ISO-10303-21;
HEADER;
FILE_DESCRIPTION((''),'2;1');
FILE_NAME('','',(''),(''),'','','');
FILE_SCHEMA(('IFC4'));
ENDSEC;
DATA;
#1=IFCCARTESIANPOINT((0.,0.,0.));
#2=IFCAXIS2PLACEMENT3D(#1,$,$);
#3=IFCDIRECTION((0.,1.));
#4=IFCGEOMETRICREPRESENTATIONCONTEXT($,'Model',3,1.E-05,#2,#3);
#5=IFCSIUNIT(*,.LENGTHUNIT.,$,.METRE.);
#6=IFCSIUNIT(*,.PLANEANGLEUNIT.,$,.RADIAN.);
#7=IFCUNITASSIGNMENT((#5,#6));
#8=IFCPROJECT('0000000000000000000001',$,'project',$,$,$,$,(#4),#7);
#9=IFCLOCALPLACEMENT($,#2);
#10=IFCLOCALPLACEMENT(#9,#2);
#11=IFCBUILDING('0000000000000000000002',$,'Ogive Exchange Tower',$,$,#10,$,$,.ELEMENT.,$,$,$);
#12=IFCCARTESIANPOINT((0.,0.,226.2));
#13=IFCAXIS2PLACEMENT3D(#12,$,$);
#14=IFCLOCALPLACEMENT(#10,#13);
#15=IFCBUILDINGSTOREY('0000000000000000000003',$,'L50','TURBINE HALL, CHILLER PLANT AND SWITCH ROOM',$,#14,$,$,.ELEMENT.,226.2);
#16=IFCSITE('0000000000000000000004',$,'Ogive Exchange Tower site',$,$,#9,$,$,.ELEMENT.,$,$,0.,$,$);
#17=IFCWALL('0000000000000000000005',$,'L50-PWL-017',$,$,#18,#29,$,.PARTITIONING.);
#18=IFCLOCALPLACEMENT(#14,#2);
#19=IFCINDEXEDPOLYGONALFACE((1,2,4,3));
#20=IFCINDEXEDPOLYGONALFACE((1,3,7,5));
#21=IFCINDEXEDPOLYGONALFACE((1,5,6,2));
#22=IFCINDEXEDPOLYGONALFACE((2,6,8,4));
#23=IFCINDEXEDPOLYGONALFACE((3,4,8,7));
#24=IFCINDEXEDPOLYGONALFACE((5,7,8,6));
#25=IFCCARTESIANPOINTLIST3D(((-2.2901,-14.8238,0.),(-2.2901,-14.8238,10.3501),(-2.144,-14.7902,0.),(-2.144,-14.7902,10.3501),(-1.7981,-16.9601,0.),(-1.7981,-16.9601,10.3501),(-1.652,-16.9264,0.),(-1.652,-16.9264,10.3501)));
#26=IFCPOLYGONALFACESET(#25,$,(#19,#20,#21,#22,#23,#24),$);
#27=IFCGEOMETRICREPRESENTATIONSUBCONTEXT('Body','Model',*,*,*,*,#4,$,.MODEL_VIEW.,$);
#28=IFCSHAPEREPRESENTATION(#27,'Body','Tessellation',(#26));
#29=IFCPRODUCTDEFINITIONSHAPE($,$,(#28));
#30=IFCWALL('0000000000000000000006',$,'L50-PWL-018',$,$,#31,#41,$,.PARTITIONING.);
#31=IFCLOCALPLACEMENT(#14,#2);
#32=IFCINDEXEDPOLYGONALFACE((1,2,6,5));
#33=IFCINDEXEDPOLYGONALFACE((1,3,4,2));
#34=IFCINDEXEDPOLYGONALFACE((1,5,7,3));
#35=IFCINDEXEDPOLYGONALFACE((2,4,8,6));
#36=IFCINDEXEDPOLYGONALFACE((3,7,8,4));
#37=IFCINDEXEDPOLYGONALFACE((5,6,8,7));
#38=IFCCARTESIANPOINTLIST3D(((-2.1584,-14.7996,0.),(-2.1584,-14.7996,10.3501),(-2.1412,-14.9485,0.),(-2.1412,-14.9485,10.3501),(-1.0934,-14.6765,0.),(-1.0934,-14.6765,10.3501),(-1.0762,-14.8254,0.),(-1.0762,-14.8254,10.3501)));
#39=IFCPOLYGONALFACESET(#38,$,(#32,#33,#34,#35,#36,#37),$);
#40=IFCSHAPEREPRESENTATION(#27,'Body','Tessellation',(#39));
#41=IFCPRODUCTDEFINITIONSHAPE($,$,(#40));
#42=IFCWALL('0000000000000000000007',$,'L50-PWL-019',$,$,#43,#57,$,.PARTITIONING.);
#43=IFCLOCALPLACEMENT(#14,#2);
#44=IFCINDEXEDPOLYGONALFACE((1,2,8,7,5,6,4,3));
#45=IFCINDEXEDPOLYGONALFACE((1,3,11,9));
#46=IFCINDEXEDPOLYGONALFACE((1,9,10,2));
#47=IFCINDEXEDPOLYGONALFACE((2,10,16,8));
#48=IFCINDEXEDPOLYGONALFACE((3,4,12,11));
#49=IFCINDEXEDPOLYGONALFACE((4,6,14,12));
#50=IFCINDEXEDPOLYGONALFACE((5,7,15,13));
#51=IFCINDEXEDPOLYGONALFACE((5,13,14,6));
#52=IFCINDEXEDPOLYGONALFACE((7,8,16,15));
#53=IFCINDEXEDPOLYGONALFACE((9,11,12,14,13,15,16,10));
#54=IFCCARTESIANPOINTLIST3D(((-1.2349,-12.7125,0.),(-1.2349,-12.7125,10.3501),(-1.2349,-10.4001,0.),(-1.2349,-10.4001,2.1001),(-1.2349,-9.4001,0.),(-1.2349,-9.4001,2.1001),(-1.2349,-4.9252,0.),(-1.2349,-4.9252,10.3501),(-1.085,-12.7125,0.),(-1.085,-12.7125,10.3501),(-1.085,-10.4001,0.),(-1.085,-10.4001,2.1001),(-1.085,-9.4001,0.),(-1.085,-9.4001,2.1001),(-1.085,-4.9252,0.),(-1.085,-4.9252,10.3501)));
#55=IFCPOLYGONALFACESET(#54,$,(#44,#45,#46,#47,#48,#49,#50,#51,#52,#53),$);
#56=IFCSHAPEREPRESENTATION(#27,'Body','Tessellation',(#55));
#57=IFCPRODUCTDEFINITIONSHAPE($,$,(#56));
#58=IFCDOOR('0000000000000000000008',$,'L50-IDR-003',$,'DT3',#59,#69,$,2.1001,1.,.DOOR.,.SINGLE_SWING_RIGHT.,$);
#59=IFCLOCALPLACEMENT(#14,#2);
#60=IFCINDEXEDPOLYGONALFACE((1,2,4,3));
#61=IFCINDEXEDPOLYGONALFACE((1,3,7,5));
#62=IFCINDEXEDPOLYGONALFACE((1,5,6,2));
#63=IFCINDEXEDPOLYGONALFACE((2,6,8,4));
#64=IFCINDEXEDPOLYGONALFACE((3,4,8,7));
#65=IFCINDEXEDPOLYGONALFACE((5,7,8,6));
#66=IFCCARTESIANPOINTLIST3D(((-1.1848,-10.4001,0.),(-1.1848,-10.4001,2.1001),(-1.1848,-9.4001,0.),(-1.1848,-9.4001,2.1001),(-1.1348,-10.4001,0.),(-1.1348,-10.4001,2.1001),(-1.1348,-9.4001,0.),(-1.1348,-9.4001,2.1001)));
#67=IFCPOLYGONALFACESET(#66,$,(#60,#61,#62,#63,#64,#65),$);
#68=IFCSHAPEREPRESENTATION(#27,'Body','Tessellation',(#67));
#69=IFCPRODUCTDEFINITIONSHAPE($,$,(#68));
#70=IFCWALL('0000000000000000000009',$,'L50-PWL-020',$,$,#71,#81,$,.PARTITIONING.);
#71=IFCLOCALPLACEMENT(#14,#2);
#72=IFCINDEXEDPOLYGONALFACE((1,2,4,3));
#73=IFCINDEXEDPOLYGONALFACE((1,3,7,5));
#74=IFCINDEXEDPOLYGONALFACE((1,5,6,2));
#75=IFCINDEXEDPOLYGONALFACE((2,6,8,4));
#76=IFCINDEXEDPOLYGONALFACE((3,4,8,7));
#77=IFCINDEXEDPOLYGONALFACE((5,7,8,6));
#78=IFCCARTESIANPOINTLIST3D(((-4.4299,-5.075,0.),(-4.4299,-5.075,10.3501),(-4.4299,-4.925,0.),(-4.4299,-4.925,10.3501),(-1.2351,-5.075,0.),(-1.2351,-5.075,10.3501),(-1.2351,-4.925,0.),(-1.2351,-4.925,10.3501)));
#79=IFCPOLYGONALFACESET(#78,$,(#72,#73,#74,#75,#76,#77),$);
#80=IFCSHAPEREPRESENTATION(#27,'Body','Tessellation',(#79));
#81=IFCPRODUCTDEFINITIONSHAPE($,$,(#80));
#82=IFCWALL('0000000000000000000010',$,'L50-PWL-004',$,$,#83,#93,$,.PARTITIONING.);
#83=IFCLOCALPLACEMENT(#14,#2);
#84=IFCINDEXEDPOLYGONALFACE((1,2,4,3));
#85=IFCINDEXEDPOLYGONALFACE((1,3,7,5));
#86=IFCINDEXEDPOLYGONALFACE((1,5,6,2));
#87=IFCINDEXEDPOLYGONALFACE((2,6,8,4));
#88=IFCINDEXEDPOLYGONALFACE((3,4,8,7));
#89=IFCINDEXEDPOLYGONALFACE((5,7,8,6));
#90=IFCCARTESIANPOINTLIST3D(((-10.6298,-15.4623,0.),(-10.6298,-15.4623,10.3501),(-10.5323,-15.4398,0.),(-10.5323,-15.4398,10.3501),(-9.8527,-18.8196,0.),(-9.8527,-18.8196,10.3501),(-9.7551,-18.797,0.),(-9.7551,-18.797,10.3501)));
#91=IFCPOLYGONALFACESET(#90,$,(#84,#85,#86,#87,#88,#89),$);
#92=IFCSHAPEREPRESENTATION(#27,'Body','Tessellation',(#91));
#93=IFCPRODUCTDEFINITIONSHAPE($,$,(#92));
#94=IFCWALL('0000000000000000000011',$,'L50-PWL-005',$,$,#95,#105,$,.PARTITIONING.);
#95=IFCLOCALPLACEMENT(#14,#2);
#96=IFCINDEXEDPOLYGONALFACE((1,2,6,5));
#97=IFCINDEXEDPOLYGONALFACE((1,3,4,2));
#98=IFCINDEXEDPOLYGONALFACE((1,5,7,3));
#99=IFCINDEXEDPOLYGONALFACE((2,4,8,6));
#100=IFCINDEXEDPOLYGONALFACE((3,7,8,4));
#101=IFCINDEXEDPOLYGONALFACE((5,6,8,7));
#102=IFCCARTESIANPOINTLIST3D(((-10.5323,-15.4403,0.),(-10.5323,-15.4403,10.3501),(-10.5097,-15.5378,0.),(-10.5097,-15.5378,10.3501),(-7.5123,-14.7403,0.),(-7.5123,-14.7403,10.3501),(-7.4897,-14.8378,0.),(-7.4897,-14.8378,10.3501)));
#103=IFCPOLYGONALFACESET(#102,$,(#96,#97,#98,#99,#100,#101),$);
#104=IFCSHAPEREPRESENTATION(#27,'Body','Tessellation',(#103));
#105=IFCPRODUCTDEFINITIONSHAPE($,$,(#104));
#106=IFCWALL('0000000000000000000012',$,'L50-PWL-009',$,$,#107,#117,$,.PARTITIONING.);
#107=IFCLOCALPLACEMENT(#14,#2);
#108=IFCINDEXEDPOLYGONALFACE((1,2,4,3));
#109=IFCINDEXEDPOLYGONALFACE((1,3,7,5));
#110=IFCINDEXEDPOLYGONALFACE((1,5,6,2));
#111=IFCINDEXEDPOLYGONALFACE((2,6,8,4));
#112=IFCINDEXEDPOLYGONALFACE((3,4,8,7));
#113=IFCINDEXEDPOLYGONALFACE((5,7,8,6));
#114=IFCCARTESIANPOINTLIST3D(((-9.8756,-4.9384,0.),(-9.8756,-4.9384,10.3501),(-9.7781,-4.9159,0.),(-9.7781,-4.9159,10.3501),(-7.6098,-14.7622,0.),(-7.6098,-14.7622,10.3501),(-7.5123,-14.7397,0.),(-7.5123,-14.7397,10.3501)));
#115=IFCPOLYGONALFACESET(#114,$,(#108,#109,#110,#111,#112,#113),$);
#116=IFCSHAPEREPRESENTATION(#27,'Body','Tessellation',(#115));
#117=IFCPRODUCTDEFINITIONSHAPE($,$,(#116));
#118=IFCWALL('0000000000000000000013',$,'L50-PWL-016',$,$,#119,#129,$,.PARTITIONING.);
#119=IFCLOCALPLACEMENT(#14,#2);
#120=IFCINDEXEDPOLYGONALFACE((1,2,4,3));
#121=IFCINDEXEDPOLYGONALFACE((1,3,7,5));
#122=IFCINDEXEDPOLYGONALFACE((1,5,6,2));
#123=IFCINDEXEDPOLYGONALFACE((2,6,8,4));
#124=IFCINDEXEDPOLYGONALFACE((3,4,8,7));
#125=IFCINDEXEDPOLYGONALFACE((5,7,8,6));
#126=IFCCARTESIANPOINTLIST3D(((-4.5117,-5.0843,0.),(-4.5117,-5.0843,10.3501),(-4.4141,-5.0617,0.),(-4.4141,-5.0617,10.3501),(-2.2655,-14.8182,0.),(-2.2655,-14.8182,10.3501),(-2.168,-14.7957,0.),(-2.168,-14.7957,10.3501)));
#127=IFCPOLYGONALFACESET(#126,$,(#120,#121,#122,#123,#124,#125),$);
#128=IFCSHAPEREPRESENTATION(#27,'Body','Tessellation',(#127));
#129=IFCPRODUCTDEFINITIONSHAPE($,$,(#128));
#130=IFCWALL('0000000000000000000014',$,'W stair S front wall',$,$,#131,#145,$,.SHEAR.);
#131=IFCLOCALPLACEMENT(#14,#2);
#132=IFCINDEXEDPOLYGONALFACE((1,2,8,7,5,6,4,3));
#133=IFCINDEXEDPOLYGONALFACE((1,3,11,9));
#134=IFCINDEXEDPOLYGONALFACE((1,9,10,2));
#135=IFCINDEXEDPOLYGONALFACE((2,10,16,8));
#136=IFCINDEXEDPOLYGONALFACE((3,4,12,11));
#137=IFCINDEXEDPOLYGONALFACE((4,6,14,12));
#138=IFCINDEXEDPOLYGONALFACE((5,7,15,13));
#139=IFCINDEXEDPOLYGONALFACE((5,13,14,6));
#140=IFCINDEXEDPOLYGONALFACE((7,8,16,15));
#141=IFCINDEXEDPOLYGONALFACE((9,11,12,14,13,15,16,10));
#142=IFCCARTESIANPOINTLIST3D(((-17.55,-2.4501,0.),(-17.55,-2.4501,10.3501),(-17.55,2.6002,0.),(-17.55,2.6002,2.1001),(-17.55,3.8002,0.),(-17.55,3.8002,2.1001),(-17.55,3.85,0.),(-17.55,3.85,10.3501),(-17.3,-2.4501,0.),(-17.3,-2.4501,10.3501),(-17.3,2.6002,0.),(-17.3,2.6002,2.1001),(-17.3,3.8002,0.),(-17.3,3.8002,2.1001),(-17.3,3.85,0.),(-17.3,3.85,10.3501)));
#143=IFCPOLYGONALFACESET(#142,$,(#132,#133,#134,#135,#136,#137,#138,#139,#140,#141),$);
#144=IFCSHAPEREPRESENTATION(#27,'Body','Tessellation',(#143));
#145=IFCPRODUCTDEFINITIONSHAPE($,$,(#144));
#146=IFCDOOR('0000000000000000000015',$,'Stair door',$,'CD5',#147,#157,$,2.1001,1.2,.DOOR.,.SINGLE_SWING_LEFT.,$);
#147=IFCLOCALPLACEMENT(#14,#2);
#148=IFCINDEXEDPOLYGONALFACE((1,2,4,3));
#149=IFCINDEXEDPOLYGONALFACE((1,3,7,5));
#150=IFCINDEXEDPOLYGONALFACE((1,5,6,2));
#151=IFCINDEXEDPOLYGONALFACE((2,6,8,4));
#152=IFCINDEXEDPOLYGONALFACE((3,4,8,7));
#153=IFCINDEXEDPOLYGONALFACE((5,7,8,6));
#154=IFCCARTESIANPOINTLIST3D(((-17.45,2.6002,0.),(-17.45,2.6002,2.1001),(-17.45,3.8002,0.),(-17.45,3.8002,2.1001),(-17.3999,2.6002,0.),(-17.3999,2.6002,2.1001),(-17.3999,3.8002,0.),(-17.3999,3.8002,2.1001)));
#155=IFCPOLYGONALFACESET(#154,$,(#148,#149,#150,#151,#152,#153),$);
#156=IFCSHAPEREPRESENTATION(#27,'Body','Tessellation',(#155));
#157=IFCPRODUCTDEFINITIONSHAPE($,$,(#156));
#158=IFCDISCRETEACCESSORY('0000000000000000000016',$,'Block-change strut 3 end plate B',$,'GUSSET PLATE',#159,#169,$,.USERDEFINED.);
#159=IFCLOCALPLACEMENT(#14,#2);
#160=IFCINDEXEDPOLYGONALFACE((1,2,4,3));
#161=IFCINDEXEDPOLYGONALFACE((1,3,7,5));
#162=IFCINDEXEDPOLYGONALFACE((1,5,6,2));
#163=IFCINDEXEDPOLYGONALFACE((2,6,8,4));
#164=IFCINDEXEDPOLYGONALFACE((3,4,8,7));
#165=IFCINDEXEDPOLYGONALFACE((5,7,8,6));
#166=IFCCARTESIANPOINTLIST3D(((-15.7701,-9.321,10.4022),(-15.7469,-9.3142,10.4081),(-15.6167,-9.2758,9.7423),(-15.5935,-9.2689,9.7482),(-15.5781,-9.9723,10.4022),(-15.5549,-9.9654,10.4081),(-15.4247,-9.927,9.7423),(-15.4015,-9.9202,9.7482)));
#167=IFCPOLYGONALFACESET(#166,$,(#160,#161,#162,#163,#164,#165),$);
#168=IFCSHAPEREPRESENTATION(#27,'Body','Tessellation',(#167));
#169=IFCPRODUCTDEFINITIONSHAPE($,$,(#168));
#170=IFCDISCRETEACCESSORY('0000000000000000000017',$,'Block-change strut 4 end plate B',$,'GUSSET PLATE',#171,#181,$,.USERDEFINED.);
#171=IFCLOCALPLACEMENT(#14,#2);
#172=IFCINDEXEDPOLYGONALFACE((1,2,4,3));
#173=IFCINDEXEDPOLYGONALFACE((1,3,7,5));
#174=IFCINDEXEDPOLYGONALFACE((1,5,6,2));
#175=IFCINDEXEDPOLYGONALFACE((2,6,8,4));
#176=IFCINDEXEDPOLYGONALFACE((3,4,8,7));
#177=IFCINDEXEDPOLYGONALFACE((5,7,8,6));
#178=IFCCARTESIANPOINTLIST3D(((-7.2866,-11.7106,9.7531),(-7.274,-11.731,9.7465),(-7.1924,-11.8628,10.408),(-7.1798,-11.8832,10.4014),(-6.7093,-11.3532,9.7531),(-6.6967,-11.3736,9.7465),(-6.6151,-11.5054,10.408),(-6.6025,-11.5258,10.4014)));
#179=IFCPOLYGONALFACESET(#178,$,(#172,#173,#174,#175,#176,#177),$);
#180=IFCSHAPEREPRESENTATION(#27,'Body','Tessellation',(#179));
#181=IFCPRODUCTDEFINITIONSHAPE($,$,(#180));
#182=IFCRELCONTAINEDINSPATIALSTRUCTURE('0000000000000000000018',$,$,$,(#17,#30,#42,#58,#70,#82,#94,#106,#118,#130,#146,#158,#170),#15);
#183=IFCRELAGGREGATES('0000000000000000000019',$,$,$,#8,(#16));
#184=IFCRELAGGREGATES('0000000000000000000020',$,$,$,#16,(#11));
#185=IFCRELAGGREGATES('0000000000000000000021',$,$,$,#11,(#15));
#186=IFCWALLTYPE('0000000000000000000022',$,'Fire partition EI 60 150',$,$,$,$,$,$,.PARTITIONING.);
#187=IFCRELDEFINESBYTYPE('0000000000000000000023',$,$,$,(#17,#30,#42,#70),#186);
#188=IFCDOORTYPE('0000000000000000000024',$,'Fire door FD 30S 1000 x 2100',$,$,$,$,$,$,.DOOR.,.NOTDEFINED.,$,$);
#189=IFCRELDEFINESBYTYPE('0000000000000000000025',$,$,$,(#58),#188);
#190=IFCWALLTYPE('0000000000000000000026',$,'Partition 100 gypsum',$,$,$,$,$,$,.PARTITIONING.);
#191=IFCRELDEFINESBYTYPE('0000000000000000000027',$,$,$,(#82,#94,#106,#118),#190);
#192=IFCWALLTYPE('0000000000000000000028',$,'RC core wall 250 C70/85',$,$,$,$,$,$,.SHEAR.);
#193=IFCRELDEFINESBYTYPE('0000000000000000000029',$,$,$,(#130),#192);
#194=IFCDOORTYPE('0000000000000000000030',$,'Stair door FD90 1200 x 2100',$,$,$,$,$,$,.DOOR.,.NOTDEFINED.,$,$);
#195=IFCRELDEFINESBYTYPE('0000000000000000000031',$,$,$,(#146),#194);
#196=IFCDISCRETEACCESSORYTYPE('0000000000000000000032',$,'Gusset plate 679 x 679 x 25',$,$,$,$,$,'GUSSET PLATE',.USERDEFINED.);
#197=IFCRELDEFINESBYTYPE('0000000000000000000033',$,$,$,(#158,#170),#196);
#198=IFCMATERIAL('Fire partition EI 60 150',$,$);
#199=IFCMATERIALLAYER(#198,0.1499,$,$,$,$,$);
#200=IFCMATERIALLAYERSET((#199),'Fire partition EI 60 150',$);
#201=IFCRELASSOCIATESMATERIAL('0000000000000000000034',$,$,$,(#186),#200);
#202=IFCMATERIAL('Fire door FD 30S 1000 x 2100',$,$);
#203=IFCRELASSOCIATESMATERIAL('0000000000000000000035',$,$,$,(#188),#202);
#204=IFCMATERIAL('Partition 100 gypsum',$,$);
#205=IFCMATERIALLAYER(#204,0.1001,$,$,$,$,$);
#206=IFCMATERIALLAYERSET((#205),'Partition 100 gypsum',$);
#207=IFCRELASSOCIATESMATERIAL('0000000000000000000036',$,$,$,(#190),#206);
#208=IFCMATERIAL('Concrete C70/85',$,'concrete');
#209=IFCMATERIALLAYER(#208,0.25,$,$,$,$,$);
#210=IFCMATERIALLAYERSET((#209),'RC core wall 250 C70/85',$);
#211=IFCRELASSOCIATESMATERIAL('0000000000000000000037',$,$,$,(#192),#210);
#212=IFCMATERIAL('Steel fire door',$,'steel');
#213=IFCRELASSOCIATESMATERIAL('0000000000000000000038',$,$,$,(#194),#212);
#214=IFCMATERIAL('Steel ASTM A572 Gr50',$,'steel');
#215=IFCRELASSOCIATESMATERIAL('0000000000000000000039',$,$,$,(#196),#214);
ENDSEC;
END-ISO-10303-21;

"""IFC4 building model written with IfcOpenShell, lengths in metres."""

from ifc_helpers import new_model, si_unit, direction, frame, frame_2d, origin, origin_2d, place, context, subcontext, project, spatial, rectangle, extrude, material, layer, layer_set, material_profile, profile_set, type_object, element, fill, save


model = new_model("IFC4")

# Units and contexts
model_context = context("Model", 3, precision=1e-05, world=origin(), true_north=direction((0.0, 1.0)))
body_context = subcontext(model_context, "Body", "Model", "MODEL_VIEW")
ifc_project = project(units=[si_unit("LENGTHUNIT", "METRE"), si_unit("PLANEANGLEUNIT", "RADIAN")], contexts=[model_context])

# Site, building, storey
site_placement = place(None, origin())
site = spatial("IfcSite", under=ifc_project, at=site_placement, Name="Ogive Exchange Tower site", CompositionType="ELEMENT", RefElevation=0.0)
building_placement = place(site_placement, origin())
building = spatial("IfcBuilding", under=site, at=building_placement, Name="Ogive Exchange Tower", CompositionType="ELEMENT")
storey_placement = place(building_placement, frame((0.0, 0.0, 226.2)))
storey = spatial("IfcBuildingStorey", under=building, at=storey_placement, Name="L50", Description="TURBINE HALL, CHILLER PLANT AND SWITCH ROOM", CompositionType="ELEMENT", Elevation=226.2)

# Shared definitions
ifc_material_1 = material(Name="Fire partition EI 60 150")
ifc_layer_1 = layer(ifc_material_1, 0.1499)
ifc_layer_set_1 = layer_set([ifc_layer_1], Name="Fire partition EI 60 150")
wall_type_1 = type_object("IfcWallType", Name="Fire partition EI 60 150", PredefinedType="PARTITIONING", material=ifc_layer_set_1)

# Shared definitions
ifc_material_2 = material(Name="Fire door FD 30S 1000 x 2100")
door_type_1 = type_object("IfcDoorType", Name="Fire door FD 30S 1000 x 2100", OperationType="NOTDEFINED", PredefinedType="DOOR", material=ifc_material_2)

# Walls
wall_1_placement = place(storey_placement, frame((-2.217, -14.8069, 0.0), z_axis=(0.0, 0.0, 1.0), x_axis=(0.224412, -0.974494, 0.0)))
element("IfcWall", 1, at=wall_1_placement, inside=storey, type_object=wall_type_1, Name="L50-PWL-017", PredefinedType="PARTITIONING", context=body_context, shape_type="SweptSolid", body=[
    extrude(rectangle(XDim=2.1921, YDim=0.1499, at=frame_2d((1.0962, 0.0))), origin(), (0.0, 0.0, 1.0), 10.3501),
])
wall_2_placement = place(storey_placement, frame((-2.1499, -14.874, 0.0), z_axis=(0.0, 0.0, 1.0), x_axis=(0.993391, 0.11478, 0.0)))
element("IfcWall", 2, at=wall_2_placement, inside=storey, type_object=wall_type_1, Name="L50-PWL-018", PredefinedType="PARTITIONING", context=body_context, shape_type="SweptSolid", body=[
    extrude(rectangle(XDim=1.072, YDim=0.1499, at=frame_2d((0.5361, 0.0))), origin(), (0.0, 0.0, 1.0), 10.3501),
])

# Wall, opening, door
wall_3_placement = place(storey_placement, frame((-1.1599, -12.7124, 0.0), z_axis=(0.0, 0.0, 1.0), x_axis=(0.0, 1.0, 0.0)))
wall_3 = element("IfcWall", 3, at=wall_3_placement, inside=storey, type_object=wall_type_1, Name="L50-PWL-019", PredefinedType="PARTITIONING", context=body_context, shape_type="SweptSolid", body=[
    extrude(rectangle(XDim=7.7874, YDim=0.1499, at=frame_2d((3.8936, 0.0))), origin(), (0.0, 0.0, 1.0), 10.3501),
])
opening_1_placement = place(wall_3_placement, frame((2.3123, 0.0, 0.0)))
opening_1 = element("IfcOpeningElement", 4, at=opening_1_placement, cuts=wall_3, PredefinedType="OPENING", context=body_context, shape_type="SweptSolid", body=[
    extrude(rectangle(XDim=1.0, YDim=2.1001, at=frame_2d((0.5, 1.05))), frame((0.0, 0.085, 0.0), z_axis=(0.0, -1.0, 0.0), x_axis=(1.0, 0.0, 0.0)), (0.0, 0.0, 1.0), 0.1699),
])
door_1_placement = place(opening_1_placement, origin())
door_1 = element("IfcDoor", 5, at=door_1_placement, inside=storey, type_object=door_type_1, Name="L50-IDR-003", ObjectType="DT3", OperationType="SINGLE_SWING_RIGHT", OverallHeight=2.1001, OverallWidth=1.0, PredefinedType="DOOR", context=body_context, shape_type="SweptSolid", body=[
    extrude(rectangle(XDim=1.0, YDim=2.1001, at=frame_2d((0.5, 1.05))), frame((0.0, 0.0249, 0.0), z_axis=(0.0, -1.0, 0.0), x_axis=(1.0, 0.0, 0.0)), (0.0, 0.0, 1.0), 0.05),
])
fill(opening_1, door_1)

# Walls
wall_4_placement = place(storey_placement, frame((-1.2351, -5.0, 0.0), z_axis=(0.0, 0.0, 1.0), x_axis=(-1.0, 0.0, 0.0)))
element("IfcWall", 6, at=wall_4_placement, inside=storey, type_object=wall_type_1, Name="L50-PWL-020", PredefinedType="PARTITIONING", context=body_context, shape_type="SweptSolid", body=[
    extrude(rectangle(XDim=3.1948, YDim=0.1499, at=frame_2d((1.5974, 0.0))), origin(), (0.0, 0.0, 1.0), 10.3501),
])
ifc_material_3 = material(Name="Partition 100 gypsum")
ifc_layer_2 = layer(ifc_material_3, 0.1001)
ifc_layer_set_2 = layer_set([ifc_layer_2], Name="Partition 100 gypsum")
wall_type_2 = type_object("IfcWallType", Name="Partition 100 gypsum", PredefinedType="PARTITIONING", material=ifc_layer_set_2)
wall_5_placement = place(storey_placement, frame((-10.5811, -15.4509, 0.0), z_axis=(0.0, 0.0, 1.0), x_axis=(0.225511, -0.974241, 0.0)))
element("IfcWall", 7, at=wall_5_placement, inside=storey, type_object=wall_type_2, Name="L50-PWL-004", PredefinedType="PARTITIONING", context=body_context, shape_type="SweptSolid", body=[
    extrude(rectangle(XDim=3.446, YDim=0.1001, at=frame_2d((1.7231, 0.0))), origin(), (0.0, 0.0, 1.0), 10.3501),
])
wall_6_placement = place(storey_placement, frame((-10.521, -15.489, 0.0), z_axis=(0.0, 0.0, 1.0), x_axis=(0.974177, 0.225785, 0.0)))
element("IfcWall", 8, at=wall_6_placement, inside=storey, type_object=wall_type_2, Name="L50-PWL-005", PredefinedType="PARTITIONING", context=body_context, shape_type="SweptSolid", body=[
    extrude(rectangle(XDim=3.1001, YDim=0.1001, at=frame_2d((1.55, 0.0))), origin(), (0.0, 0.0, 1.0), 10.3501),
])
wall_7_placement = place(storey_placement, frame((-9.8269, -4.927, 0.0), z_axis=(0.0, 0.0, 1.0), x_axis=(0.224746, -0.974417, 0.0)))
element("IfcWall", 9, at=wall_7_placement, inside=storey, type_object=wall_type_2, Name="L50-PWL-009", PredefinedType="PARTITIONING", context=body_context, shape_type="SweptSolid", body=[
    extrude(rectangle(XDim=10.0818, YDim=0.1001, at=frame_2d((5.041, 0.0))), origin(), (0.0, 0.0, 1.0), 10.3501),
])
wall_8_placement = place(storey_placement, frame((-4.4629, -5.073, 0.0), z_axis=(0.0, 0.0, 1.0), x_axis=(0.224842, -0.974395, 0.0)))
element("IfcWall", 10, at=wall_8_placement, inside=storey, type_object=wall_type_2, Name="L50-PWL-016", PredefinedType="PARTITIONING", context=body_context, shape_type="SweptSolid", body=[
    extrude(rectangle(XDim=9.9897, YDim=0.1001, at=frame_2d((4.9949, 0.0))), origin(), (0.0, 0.0, 1.0), 10.3501),
])

# Wall, opening, door
ifc_material_4 = material(Name="Concrete C70/85", Category="concrete")
ifc_layer_3 = layer(ifc_material_4, 0.25)
ifc_layer_set_3 = layer_set([ifc_layer_3], Name="RC core wall 250 C70/85")
wall_type_3 = type_object("IfcWallType", Name="RC core wall 250 C70/85", PredefinedType="SHEAR", material=ifc_layer_set_3)
wall_9_placement = place(storey_placement, frame((-17.425, -2.45, 0.0), z_axis=(0.0, 0.0, 1.0), x_axis=(0.0, 1.0, 0.0)))
wall_9 = element("IfcWall", 11, at=wall_9_placement, inside=storey, type_object=wall_type_3, Name="W stair S front wall", PredefinedType="SHEAR", context=body_context, shape_type="SweptSolid", body=[
    extrude(rectangle(XDim=6.3, YDim=0.25, at=frame_2d((3.1499, 0.0))), origin(), (0.0, 0.0, 1.0), 10.3501),
])
opening_2_placement = place(wall_9_placement, frame((5.05, 0.0, 0.0)))
opening_2 = element("IfcOpeningElement", 12, at=opening_2_placement, cuts=wall_9, PredefinedType="OPENING", context=body_context, shape_type="SweptSolid", body=[
    extrude(rectangle(XDim=1.2, YDim=2.1001, at=frame_2d((0.6001, 1.05))), frame((0.0, 0.135, 0.0), z_axis=(0.0, -1.0, 0.0), x_axis=(1.0, 0.0, 0.0)), (0.0, 0.0, 1.0), 0.27),
])
ifc_material_5 = material(Name="Steel fire door", Category="steel")
door_type_2 = type_object("IfcDoorType", Name="Stair door FD90 1200 x 2100", OperationType="NOTDEFINED", PredefinedType="DOOR", material=ifc_material_5)
door_2_placement = place(opening_2_placement, origin())
door_2 = element("IfcDoor", 13, at=door_2_placement, inside=storey, type_object=door_type_2, Name="Stair door", ObjectType="CD5", OperationType="SINGLE_SWING_LEFT", OverallHeight=2.1001, OverallWidth=1.2, PredefinedType="DOOR", context=body_context, shape_type="SweptSolid", body=[
    extrude(rectangle(XDim=1.2, YDim=2.1001, at=frame_2d((0.6001, 1.05))), frame((0.0, 0.0249, 0.0), z_axis=(0.0, -1.0, 0.0), x_axis=(1.0, 0.0, 0.0)), (0.0, 0.0, 1.0), 0.05),
])
fill(opening_2, door_2)

# Discrete accessories
ifc_material_6 = material(Name="Steel ASTM A572 Gr50", Category="steel")
ifc_material_profile_1 = material_profile(ifc_material_6, rectangle(XDim=0.679, YDim=0.679, at=origin_2d()), Name="PL 679 x 679 x 25")
ifc_profile_set_1 = profile_set([ifc_material_profile_1], Name="Steel ASTM A572 Gr50")
discrete_accessory_type = type_object("IfcDiscreteAccessoryType", Name="Gusset plate 679 x 679 x 25", ElementType="GUSSET PLATE", PredefinedType="USERDEFINED", material=ifc_profile_set_1)
for number, where, z_axis, x_axis, name in (
    (14, (-15.5974, -9.624, 10.0723), (0.932224, 0.274761, 0.235509), (-0.282713, 0.959205, 0.0), "Block-change strut 3 end plate B"),
    (15, (-6.9382, -11.6284, 10.074), (-0.507734, 0.820186, 0.263631), (-0.850265, -0.526355, 0.0), "Block-change strut 4 end plate B"),
):
    element("IfcDiscreteAccessory", number, at=place(storey_placement, frame(where, z_axis=z_axis, x_axis=x_axis)), inside=storey, type_object=discrete_accessory_type, Name=name, ObjectType="GUSSET PLATE", PredefinedType="USERDEFINED", context=body_context, shape_type="SweptSolid", body=[
        extrude(rectangle(XDim=0.679, YDim=0.679, at=origin_2d()), origin(), (0.0, 0.0, 1.0), 0.0249),
    ])

save(model, "model.ifc")
